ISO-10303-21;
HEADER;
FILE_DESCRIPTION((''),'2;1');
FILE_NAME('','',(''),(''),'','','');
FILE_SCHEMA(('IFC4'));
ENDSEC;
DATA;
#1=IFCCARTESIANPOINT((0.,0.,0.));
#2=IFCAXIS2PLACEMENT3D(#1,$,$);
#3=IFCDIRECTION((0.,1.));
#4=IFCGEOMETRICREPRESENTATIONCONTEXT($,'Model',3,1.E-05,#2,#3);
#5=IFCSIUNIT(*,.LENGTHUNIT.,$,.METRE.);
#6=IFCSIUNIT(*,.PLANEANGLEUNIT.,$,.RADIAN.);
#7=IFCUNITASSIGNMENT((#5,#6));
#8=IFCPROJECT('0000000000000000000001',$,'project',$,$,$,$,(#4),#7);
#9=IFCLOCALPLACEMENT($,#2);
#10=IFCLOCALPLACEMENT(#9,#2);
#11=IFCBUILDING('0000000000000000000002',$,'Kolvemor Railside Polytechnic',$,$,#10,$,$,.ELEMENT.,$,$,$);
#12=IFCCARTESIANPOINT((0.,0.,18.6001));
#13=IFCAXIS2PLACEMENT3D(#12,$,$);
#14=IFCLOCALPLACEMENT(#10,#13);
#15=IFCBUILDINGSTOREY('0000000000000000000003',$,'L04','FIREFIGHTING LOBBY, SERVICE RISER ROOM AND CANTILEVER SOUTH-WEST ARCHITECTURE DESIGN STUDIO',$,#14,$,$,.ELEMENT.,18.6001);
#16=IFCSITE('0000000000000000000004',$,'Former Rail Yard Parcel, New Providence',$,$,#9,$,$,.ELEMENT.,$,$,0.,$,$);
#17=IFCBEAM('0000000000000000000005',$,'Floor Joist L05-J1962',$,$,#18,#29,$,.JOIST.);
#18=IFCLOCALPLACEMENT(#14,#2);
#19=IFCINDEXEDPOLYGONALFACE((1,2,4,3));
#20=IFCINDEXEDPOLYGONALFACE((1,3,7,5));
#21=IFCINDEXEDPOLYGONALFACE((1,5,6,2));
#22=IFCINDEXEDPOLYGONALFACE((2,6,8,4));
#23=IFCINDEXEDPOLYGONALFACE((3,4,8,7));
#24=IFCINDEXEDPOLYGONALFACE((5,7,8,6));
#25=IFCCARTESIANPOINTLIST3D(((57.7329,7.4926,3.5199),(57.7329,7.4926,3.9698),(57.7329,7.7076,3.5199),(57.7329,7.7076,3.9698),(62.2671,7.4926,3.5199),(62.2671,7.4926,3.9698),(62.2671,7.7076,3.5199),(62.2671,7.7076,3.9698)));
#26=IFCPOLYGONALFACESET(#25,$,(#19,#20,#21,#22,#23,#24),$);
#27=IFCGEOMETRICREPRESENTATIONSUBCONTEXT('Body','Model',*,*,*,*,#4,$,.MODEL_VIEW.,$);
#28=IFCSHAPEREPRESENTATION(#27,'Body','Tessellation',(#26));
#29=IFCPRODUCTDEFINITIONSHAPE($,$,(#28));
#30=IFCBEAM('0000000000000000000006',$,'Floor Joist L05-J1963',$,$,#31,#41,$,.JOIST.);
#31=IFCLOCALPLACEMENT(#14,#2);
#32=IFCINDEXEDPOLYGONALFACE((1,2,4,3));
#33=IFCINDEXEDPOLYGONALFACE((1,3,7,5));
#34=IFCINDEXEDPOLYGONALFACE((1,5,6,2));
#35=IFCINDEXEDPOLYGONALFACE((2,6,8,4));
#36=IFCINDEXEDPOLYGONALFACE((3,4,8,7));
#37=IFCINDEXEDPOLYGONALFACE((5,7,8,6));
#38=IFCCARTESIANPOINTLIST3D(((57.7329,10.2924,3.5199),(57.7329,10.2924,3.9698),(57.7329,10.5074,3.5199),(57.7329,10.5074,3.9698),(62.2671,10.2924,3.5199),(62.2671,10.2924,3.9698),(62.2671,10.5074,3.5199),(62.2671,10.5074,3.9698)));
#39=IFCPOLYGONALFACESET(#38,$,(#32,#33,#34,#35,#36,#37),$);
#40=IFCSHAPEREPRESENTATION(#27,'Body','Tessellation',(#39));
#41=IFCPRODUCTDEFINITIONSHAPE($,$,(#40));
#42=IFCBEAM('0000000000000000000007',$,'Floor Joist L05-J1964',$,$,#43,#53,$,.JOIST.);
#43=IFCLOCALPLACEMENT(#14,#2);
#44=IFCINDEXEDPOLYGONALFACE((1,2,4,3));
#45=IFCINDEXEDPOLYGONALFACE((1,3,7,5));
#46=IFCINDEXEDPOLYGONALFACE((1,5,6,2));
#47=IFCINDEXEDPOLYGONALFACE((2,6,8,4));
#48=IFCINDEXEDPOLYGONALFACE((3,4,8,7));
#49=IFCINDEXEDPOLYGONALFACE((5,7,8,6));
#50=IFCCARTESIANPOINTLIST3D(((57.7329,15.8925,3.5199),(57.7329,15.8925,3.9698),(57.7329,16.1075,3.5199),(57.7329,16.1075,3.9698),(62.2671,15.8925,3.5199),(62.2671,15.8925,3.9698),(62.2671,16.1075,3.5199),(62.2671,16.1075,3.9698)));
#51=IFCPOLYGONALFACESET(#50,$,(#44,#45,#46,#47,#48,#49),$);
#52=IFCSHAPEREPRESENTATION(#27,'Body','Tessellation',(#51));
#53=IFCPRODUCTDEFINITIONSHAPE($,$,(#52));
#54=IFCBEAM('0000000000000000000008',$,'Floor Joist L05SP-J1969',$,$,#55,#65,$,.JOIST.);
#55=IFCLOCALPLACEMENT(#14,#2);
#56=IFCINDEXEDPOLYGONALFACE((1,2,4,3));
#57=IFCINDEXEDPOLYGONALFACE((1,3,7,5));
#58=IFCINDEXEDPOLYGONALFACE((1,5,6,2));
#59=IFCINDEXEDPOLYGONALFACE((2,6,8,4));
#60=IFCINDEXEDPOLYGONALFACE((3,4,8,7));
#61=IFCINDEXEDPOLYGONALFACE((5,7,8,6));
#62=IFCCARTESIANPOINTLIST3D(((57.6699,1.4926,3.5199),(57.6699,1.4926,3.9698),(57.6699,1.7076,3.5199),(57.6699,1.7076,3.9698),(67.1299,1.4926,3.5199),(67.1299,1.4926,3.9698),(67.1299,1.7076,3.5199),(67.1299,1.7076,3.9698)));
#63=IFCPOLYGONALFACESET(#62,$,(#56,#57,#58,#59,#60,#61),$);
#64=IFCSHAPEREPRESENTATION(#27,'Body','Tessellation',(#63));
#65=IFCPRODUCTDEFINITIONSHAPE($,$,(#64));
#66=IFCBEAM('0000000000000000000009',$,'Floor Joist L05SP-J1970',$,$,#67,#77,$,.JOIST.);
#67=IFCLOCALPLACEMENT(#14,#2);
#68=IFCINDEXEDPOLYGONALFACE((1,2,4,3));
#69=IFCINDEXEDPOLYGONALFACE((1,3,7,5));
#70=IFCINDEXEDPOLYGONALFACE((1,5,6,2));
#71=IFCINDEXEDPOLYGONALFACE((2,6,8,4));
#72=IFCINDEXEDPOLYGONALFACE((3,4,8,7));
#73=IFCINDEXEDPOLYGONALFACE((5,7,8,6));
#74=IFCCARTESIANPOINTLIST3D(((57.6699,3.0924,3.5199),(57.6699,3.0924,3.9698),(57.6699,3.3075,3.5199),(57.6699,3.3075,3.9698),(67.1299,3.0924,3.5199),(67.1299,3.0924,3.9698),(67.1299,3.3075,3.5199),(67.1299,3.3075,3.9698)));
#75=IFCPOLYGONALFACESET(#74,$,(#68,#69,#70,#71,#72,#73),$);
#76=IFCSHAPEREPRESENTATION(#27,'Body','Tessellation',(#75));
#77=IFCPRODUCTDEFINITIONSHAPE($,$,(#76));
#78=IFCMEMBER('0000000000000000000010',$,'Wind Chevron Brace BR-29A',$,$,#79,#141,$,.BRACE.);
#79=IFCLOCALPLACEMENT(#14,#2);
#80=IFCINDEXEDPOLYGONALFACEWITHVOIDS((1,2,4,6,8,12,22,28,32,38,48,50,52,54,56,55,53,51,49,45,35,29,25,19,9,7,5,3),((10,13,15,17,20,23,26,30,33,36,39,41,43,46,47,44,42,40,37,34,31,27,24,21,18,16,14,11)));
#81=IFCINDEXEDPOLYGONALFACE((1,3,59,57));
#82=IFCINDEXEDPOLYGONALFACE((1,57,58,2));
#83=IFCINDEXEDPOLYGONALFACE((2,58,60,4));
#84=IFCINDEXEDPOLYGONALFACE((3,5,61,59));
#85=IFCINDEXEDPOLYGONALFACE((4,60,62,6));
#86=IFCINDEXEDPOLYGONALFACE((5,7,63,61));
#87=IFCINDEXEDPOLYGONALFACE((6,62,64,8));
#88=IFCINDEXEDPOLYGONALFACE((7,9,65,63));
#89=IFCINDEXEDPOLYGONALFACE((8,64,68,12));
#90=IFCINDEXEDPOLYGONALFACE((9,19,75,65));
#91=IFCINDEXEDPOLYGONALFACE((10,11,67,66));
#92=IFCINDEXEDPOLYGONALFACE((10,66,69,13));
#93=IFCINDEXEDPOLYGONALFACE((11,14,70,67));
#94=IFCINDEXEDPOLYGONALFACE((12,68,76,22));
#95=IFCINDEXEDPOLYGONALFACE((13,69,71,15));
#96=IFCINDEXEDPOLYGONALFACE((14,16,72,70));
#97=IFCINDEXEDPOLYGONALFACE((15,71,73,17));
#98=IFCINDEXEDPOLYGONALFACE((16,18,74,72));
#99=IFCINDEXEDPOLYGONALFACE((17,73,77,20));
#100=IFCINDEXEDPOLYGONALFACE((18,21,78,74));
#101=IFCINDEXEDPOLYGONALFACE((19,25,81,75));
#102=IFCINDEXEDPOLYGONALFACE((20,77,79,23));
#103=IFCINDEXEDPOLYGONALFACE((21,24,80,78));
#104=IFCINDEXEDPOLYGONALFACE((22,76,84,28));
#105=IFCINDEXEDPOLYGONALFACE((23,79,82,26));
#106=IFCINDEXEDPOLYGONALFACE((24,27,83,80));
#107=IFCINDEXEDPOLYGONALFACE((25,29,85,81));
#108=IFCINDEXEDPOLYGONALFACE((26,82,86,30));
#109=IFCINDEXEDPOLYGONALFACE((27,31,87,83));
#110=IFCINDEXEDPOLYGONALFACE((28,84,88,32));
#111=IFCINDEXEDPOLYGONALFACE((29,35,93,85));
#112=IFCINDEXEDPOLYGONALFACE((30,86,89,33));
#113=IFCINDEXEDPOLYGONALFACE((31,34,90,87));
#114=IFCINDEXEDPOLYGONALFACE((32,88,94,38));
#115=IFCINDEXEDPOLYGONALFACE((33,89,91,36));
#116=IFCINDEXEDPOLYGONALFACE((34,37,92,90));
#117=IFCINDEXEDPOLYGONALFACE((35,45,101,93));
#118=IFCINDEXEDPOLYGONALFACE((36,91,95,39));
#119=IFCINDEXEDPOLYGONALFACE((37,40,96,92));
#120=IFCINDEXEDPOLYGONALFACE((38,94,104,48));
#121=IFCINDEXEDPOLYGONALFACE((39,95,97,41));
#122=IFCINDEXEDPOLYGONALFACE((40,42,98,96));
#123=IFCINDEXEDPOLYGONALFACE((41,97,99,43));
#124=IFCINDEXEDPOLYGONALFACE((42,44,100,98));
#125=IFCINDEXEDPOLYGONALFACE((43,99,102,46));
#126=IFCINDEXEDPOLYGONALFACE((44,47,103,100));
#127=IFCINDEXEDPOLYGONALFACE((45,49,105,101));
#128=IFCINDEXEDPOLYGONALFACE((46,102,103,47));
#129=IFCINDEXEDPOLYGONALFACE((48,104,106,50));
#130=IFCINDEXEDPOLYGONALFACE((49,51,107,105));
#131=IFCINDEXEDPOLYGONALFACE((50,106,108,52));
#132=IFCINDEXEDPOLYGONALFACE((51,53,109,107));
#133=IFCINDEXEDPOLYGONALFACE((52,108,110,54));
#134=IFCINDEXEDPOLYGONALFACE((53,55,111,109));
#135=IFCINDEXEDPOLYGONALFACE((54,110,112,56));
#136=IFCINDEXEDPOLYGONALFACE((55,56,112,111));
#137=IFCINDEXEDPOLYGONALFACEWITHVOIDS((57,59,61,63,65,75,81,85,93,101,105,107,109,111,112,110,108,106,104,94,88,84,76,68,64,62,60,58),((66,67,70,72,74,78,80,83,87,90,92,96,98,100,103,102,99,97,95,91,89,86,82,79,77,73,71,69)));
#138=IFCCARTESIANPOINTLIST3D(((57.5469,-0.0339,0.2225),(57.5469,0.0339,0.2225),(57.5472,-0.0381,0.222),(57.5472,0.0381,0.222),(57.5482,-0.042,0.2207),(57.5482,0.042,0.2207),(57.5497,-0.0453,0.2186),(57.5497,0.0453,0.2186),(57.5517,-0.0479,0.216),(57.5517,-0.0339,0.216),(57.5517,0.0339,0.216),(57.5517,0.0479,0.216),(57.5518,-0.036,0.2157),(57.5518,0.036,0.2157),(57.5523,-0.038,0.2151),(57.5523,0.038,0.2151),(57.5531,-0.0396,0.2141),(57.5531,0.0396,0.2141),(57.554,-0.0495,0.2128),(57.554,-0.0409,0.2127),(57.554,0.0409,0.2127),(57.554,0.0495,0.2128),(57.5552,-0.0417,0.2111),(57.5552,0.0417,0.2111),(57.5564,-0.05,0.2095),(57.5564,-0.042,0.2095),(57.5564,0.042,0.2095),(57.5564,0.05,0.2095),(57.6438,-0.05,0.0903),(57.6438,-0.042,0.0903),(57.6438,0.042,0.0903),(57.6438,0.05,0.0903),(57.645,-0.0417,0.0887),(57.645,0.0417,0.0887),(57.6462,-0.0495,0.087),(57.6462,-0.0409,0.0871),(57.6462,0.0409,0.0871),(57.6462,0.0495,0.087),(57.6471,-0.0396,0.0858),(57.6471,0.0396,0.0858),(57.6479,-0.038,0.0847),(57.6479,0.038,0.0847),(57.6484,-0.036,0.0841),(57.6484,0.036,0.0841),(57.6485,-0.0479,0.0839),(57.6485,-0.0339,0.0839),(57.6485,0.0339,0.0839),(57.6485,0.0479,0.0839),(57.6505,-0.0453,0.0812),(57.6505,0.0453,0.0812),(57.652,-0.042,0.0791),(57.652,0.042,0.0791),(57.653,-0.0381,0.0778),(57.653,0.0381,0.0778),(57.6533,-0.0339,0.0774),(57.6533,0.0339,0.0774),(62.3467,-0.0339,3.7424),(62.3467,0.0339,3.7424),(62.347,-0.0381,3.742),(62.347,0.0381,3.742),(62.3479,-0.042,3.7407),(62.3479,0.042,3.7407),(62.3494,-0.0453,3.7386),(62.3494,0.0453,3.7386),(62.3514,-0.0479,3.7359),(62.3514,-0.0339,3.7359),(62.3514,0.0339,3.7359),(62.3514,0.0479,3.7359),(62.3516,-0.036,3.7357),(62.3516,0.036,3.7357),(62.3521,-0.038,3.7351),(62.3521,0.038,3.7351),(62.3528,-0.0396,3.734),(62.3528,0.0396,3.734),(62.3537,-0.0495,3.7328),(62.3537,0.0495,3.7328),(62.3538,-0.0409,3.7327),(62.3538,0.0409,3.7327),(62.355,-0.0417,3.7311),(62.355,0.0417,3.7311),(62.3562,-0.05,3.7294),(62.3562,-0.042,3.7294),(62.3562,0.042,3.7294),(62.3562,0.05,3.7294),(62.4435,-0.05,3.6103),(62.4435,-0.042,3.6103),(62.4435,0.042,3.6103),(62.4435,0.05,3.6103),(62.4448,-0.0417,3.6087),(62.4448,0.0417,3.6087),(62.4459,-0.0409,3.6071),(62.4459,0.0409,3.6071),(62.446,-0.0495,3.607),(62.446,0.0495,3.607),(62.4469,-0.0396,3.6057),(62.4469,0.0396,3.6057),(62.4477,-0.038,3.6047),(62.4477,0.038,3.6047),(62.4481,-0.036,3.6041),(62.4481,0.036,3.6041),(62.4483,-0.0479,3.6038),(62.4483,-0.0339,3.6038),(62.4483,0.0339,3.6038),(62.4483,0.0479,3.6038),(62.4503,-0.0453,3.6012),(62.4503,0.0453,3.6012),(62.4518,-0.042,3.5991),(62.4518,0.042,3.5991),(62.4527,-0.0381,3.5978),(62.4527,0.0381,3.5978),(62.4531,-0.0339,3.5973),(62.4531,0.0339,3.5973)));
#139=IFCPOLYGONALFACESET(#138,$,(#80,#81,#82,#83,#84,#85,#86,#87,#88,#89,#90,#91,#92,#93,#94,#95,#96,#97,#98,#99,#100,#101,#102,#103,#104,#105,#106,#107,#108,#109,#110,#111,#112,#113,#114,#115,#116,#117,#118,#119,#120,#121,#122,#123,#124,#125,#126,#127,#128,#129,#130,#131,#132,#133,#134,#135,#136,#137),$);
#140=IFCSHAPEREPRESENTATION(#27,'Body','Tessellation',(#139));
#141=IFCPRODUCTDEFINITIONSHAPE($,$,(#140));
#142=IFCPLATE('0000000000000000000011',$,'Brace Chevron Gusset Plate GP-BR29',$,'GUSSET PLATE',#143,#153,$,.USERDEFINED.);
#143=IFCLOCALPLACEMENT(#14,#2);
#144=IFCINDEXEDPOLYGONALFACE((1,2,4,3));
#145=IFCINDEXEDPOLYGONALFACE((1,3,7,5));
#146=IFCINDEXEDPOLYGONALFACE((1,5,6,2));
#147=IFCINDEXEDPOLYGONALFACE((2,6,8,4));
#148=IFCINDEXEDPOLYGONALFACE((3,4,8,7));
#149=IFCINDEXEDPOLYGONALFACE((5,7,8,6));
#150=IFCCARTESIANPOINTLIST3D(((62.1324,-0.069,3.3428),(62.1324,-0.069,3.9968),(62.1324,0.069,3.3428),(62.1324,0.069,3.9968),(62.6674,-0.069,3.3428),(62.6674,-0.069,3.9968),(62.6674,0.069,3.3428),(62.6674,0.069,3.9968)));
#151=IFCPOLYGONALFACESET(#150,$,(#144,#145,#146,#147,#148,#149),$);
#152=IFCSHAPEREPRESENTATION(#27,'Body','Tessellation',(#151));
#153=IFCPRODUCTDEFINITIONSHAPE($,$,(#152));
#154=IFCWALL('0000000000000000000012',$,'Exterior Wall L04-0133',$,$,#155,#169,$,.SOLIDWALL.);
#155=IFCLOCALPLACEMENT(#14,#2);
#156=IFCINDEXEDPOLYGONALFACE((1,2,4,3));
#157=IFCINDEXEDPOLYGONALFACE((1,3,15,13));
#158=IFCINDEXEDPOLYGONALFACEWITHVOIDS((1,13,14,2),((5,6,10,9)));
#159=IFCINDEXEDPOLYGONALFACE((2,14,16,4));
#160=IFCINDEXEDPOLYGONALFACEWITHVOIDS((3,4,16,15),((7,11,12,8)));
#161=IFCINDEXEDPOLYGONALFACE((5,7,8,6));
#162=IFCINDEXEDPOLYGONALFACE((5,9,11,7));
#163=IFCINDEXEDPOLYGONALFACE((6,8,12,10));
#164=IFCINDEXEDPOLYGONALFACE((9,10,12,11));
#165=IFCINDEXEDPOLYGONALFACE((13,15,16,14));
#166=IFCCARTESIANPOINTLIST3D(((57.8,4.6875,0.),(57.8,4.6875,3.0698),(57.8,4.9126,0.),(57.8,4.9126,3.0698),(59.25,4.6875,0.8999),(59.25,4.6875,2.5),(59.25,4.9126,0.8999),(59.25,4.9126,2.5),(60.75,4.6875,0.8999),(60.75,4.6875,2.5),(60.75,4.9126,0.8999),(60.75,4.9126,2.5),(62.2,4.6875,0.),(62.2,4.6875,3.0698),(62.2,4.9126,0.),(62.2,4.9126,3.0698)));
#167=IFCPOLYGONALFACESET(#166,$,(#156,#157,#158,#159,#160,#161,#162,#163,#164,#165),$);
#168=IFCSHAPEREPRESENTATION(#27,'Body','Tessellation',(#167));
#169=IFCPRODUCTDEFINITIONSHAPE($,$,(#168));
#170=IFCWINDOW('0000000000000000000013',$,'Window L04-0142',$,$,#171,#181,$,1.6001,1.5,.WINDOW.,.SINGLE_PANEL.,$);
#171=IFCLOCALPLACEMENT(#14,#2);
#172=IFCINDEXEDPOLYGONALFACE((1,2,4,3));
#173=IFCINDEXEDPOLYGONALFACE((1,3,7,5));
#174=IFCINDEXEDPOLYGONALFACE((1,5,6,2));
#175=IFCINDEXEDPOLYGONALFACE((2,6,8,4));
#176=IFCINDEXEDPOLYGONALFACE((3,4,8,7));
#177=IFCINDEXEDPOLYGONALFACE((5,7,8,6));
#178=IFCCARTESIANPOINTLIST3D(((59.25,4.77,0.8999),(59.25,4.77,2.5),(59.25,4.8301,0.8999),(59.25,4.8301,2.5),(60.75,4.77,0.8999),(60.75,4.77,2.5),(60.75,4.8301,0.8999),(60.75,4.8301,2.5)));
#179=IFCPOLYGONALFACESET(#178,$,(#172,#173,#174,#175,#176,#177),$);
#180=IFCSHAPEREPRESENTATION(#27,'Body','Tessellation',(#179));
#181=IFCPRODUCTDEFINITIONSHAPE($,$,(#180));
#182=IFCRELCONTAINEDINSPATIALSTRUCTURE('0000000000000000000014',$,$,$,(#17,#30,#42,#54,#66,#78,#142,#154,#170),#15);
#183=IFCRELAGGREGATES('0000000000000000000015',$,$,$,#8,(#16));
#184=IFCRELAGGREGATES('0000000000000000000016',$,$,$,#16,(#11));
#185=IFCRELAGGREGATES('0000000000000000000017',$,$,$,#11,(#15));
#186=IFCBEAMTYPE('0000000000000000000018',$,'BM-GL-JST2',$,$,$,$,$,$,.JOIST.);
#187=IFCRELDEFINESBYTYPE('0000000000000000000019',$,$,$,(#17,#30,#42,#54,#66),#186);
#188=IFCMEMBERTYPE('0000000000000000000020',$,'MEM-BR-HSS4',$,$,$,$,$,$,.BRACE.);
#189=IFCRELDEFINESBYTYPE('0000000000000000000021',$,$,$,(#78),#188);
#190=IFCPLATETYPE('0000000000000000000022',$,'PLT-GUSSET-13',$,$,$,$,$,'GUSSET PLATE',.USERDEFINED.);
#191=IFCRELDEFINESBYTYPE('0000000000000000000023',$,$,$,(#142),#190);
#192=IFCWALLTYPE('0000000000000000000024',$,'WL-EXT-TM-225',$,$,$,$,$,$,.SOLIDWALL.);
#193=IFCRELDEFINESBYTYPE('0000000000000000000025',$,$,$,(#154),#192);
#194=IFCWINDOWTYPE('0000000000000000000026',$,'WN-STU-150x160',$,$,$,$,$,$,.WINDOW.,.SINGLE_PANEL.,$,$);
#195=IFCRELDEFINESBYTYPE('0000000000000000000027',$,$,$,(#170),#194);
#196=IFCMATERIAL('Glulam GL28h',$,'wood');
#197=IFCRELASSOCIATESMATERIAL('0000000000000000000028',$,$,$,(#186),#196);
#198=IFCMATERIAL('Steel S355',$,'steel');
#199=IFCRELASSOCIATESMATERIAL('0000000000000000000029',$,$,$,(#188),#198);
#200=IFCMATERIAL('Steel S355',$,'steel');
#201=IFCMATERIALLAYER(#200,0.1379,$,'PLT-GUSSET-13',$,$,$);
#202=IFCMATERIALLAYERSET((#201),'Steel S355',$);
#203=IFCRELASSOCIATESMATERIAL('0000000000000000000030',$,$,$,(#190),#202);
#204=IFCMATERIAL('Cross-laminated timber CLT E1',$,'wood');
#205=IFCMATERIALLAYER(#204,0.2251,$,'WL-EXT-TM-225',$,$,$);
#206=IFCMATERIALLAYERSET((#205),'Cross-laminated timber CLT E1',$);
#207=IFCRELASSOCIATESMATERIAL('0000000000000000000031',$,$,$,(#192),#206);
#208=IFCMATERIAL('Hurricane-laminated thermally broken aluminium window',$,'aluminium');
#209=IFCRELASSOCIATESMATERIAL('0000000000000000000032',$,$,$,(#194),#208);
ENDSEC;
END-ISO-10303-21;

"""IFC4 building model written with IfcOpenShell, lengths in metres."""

from ifc_helpers import new_model, si_unit, direction, frame, frame_2d, origin, origin_2d, place, context, subcontext, project, spatial, rectangle, hollow_rectangle, extrude, material, layer, layer_set, material_profile, profile_set, type_object, element, fill, save


model = new_model("IFC4")

# Units and contexts
model_context = context("Model", 3, precision=1e-05, world=origin(), true_north=direction((0.0, 1.0)))
body_context = subcontext(model_context, "Body", "Model", "MODEL_VIEW")
ifc_project = project(units=[si_unit("LENGTHUNIT", "METRE"), si_unit("PLANEANGLEUNIT", "RADIAN")], contexts=[model_context])

# Site, building, storey
site_placement = place(None, origin())
site = spatial("IfcSite", under=ifc_project, at=site_placement, Name="Former Rail Yard Parcel, New Providence", CompositionType="ELEMENT", RefElevation=0.0)
building_placement = place(site_placement, origin())
building = spatial("IfcBuilding", under=site, at=building_placement, Name="Kolvemor Railside Polytechnic", CompositionType="ELEMENT")
storey_placement = place(building_placement, frame((0.0, 0.0, 18.6001)))
storey = spatial("IfcBuildingStorey", under=building, at=storey_placement, Name="L04", Description="FIREFIGHTING LOBBY, SERVICE RISER ROOM AND CANTILEVER SOUTH-WEST ARCHITECTURE DESIGN STUDIO", CompositionType="ELEMENT", Elevation=18.6001)

# Beams
ifc_material_1 = material(Name="Glulam GL28h", Category="wood")
ifc_material_profile_1 = material_profile(ifc_material_1, rectangle(XDim=0.2151, YDim=0.45, at=origin_2d()), Name="GL215x450")
ifc_profile_set_1 = profile_set([ifc_material_profile_1], Name="Glulam GL28h")
beam_type_1 = type_object("IfcBeamType", Name="BM-GL-JST2", PredefinedType="JOIST", material=ifc_profile_set_1)
for number, where, z_axis, x_axis, name in (
    (1, (57.7329, 7.6001, 3.7449), (1.0, 0.0, 0.0), (0.0, 1.0, 0.0), "Floor Joist L05-J1962"),
    (2, (57.7329, 10.3999, 3.7449), (1.0, 0.0, 0.0), (0.0, 1.0, 0.0), "Floor Joist L05-J1963"),
    (3, (57.7329, 16.0, 3.7449), (1.0, 0.0, 0.0), (0.0, 1.0, 0.0), "Floor Joist L05-J1964"),
):
    element("IfcBeam", number, at=place(storey_placement, frame(where, z_axis=z_axis, x_axis=x_axis)), inside=storey, type_object=beam_type_1, Name=name, PredefinedType="JOIST", context=body_context, shape_type="SweptSolid", body=[
        extrude(rectangle(XDim=0.2151, YDim=0.45, at=origin_2d()), origin(), (0.0, 0.0, 1.0), 4.5342),
    ])
for number, where, z_axis, x_axis, name in (
    (4, (57.6699, 1.6001, 3.7449), (1.0, 0.0, 0.0), (0.0, 1.0, 0.0), "Floor Joist L05SP-J1969"),
    (5, (57.6699, 3.2, 3.7449), (1.0, 0.0, 0.0), (0.0, 1.0, 0.0), "Floor Joist L05SP-J1970"),
):
    element("IfcBeam", number, at=place(storey_placement, frame(where, z_axis=z_axis, x_axis=x_axis)), inside=storey, type_object=beam_type_1, Name=name, PredefinedType="JOIST", context=body_context, shape_type="SweptSolid", body=[
        extrude(rectangle(XDim=0.2151, YDim=0.45, at=origin_2d()), origin(), (0.0, 0.0, 1.0), 9.46),
    ])

# Member
ifc_material_2 = material(Name="Steel S355", Category="steel")
ifc_material_profile_2 = material_profile(ifc_material_2, hollow_rectangle(XDim=0.1001, YDim=0.1799, WallThickness=0.0081, InnerFilletRadius=0.0081, OuterFilletRadius=0.0161, at=origin_2d()), Name="HSS180x100x8")
ifc_profile_set_2 = profile_set([ifc_material_profile_2], Name="Steel S355")
member_type = type_object("IfcMemberType", Name="MEM-BR-HSS4", PredefinedType="BRACE", material=ifc_profile_set_2)
member_placement = place(storey_placement, frame((57.6001, 0.0, 0.1499), z_axis=(0.806392, 0.0, 0.591381), x_axis=(0.0, 1.0, 0.0)))
element("IfcMember", 6, at=member_placement, inside=storey, type_object=member_type, Name="Wind Chevron Brace BR-29A", PredefinedType="BRACE", context=body_context, shape_type="SweptSolid", body=[
    extrude(hollow_rectangle(XDim=0.1001, YDim=0.1799, WallThickness=0.0081, InnerFilletRadius=0.0081, OuterFilletRadius=0.0161, at=origin_2d()), origin(), (0.0, 0.0, 1.0), 5.9521),
])

# Plate
ifc_material_3 = material(Name="Steel S355", Category="steel")
ifc_layer_1 = layer(ifc_material_3, 0.1379, Name="PLT-GUSSET-13")
ifc_layer_set_1 = layer_set([ifc_layer_1], Name="Steel S355")
plate_type = type_object("IfcPlateType", Name="PLT-GUSSET-13", ElementType="GUSSET PLATE", PredefinedType="USERDEFINED", material=ifc_layer_set_1)
plate_placement = place(storey_placement, frame((62.3999, 0.0, 3.3428), z_axis=(0.0, 0.0, 1.0), x_axis=(1.0, 0.0, 0.0)))
element("IfcPlate", 7, at=plate_placement, inside=storey, type_object=plate_type, Name="Brace Chevron Gusset Plate GP-BR29", ObjectType="GUSSET PLATE", PredefinedType="USERDEFINED", context=body_context, shape_type="SweptSolid", body=[
    extrude(rectangle(XDim=0.5349, YDim=0.1379, at=origin_2d()), origin(), (0.0, 0.0, 1.0), 0.6541),
])

# Wall, opening, window
ifc_material_4 = material(Name="Cross-laminated timber CLT E1", Category="wood")
ifc_layer_2 = layer(ifc_material_4, 0.2251, Name="WL-EXT-TM-225")
ifc_layer_set_2 = layer_set([ifc_layer_2], Name="Cross-laminated timber CLT E1")
wall_type = type_object("IfcWallType", Name="WL-EXT-TM-225", PredefinedType="SOLIDWALL", material=ifc_layer_set_2)
wall_1_placement = place(storey_placement, frame((57.8, 4.8, 0.0), z_axis=(0.0, 0.0, 1.0), x_axis=(1.0, 0.0, 0.0)))
wall_1 = element("IfcWall", 8, at=wall_1_placement, inside=storey, type_object=wall_type, Name="Exterior Wall L04-0133", PredefinedType="SOLIDWALL", context=body_context, shape_type="SweptSolid", body=[
    extrude(rectangle(XDim=4.3999, YDim=0.2251, at=frame_2d((2.2, 0.0))), origin(), (0.0, 0.0, 1.0), 3.0698),
])
opening_1_placement = place(wall_1_placement, frame((1.45, 0.0, 0.8999)))
opening_1 = element("IfcOpeningElement", 9, at=opening_1_placement, cuts=wall_1, PredefinedType="OPENING", context=body_context, shape_type="SweptSolid", body=[
    extrude(rectangle(XDim=1.5, YDim=1.6001, at=frame_2d((0.75, 0.8))), frame((0.0, 0.1226, 0.0), z_axis=(0.0, -1.0, 0.0), x_axis=(1.0, 0.0, 0.0)), (0.0, 0.0, 1.0), 0.2451),
])
ifc_material_5 = material(Name="Hurricane-laminated thermally broken aluminium window", Category="aluminium")
window_type = type_object("IfcWindowType", Name="WN-STU-150x160", PartitioningType="SINGLE_PANEL", PredefinedType="WINDOW", material=ifc_material_5)
window_1_placement = place(opening_1_placement, origin())
window_1 = element("IfcWindow", 10, at=window_1_placement, inside=storey, type_object=window_type, Name="Window L04-0142", OverallHeight=1.6001, OverallWidth=1.5, PartitioningType="SINGLE_PANEL", PredefinedType="WINDOW", context=body_context, shape_type="SweptSolid", body=[
    extrude(rectangle(XDim=1.5, YDim=1.6001, at=frame_2d((0.75, 0.8))), frame((0.0, 0.03, 0.0), z_axis=(0.0, -1.0, 0.0), x_axis=(1.0, 0.0, 0.0)), (0.0, 0.0, 1.0), 0.0601),
])
fill(opening_1, window_1)

save(model, "model.ifc")
